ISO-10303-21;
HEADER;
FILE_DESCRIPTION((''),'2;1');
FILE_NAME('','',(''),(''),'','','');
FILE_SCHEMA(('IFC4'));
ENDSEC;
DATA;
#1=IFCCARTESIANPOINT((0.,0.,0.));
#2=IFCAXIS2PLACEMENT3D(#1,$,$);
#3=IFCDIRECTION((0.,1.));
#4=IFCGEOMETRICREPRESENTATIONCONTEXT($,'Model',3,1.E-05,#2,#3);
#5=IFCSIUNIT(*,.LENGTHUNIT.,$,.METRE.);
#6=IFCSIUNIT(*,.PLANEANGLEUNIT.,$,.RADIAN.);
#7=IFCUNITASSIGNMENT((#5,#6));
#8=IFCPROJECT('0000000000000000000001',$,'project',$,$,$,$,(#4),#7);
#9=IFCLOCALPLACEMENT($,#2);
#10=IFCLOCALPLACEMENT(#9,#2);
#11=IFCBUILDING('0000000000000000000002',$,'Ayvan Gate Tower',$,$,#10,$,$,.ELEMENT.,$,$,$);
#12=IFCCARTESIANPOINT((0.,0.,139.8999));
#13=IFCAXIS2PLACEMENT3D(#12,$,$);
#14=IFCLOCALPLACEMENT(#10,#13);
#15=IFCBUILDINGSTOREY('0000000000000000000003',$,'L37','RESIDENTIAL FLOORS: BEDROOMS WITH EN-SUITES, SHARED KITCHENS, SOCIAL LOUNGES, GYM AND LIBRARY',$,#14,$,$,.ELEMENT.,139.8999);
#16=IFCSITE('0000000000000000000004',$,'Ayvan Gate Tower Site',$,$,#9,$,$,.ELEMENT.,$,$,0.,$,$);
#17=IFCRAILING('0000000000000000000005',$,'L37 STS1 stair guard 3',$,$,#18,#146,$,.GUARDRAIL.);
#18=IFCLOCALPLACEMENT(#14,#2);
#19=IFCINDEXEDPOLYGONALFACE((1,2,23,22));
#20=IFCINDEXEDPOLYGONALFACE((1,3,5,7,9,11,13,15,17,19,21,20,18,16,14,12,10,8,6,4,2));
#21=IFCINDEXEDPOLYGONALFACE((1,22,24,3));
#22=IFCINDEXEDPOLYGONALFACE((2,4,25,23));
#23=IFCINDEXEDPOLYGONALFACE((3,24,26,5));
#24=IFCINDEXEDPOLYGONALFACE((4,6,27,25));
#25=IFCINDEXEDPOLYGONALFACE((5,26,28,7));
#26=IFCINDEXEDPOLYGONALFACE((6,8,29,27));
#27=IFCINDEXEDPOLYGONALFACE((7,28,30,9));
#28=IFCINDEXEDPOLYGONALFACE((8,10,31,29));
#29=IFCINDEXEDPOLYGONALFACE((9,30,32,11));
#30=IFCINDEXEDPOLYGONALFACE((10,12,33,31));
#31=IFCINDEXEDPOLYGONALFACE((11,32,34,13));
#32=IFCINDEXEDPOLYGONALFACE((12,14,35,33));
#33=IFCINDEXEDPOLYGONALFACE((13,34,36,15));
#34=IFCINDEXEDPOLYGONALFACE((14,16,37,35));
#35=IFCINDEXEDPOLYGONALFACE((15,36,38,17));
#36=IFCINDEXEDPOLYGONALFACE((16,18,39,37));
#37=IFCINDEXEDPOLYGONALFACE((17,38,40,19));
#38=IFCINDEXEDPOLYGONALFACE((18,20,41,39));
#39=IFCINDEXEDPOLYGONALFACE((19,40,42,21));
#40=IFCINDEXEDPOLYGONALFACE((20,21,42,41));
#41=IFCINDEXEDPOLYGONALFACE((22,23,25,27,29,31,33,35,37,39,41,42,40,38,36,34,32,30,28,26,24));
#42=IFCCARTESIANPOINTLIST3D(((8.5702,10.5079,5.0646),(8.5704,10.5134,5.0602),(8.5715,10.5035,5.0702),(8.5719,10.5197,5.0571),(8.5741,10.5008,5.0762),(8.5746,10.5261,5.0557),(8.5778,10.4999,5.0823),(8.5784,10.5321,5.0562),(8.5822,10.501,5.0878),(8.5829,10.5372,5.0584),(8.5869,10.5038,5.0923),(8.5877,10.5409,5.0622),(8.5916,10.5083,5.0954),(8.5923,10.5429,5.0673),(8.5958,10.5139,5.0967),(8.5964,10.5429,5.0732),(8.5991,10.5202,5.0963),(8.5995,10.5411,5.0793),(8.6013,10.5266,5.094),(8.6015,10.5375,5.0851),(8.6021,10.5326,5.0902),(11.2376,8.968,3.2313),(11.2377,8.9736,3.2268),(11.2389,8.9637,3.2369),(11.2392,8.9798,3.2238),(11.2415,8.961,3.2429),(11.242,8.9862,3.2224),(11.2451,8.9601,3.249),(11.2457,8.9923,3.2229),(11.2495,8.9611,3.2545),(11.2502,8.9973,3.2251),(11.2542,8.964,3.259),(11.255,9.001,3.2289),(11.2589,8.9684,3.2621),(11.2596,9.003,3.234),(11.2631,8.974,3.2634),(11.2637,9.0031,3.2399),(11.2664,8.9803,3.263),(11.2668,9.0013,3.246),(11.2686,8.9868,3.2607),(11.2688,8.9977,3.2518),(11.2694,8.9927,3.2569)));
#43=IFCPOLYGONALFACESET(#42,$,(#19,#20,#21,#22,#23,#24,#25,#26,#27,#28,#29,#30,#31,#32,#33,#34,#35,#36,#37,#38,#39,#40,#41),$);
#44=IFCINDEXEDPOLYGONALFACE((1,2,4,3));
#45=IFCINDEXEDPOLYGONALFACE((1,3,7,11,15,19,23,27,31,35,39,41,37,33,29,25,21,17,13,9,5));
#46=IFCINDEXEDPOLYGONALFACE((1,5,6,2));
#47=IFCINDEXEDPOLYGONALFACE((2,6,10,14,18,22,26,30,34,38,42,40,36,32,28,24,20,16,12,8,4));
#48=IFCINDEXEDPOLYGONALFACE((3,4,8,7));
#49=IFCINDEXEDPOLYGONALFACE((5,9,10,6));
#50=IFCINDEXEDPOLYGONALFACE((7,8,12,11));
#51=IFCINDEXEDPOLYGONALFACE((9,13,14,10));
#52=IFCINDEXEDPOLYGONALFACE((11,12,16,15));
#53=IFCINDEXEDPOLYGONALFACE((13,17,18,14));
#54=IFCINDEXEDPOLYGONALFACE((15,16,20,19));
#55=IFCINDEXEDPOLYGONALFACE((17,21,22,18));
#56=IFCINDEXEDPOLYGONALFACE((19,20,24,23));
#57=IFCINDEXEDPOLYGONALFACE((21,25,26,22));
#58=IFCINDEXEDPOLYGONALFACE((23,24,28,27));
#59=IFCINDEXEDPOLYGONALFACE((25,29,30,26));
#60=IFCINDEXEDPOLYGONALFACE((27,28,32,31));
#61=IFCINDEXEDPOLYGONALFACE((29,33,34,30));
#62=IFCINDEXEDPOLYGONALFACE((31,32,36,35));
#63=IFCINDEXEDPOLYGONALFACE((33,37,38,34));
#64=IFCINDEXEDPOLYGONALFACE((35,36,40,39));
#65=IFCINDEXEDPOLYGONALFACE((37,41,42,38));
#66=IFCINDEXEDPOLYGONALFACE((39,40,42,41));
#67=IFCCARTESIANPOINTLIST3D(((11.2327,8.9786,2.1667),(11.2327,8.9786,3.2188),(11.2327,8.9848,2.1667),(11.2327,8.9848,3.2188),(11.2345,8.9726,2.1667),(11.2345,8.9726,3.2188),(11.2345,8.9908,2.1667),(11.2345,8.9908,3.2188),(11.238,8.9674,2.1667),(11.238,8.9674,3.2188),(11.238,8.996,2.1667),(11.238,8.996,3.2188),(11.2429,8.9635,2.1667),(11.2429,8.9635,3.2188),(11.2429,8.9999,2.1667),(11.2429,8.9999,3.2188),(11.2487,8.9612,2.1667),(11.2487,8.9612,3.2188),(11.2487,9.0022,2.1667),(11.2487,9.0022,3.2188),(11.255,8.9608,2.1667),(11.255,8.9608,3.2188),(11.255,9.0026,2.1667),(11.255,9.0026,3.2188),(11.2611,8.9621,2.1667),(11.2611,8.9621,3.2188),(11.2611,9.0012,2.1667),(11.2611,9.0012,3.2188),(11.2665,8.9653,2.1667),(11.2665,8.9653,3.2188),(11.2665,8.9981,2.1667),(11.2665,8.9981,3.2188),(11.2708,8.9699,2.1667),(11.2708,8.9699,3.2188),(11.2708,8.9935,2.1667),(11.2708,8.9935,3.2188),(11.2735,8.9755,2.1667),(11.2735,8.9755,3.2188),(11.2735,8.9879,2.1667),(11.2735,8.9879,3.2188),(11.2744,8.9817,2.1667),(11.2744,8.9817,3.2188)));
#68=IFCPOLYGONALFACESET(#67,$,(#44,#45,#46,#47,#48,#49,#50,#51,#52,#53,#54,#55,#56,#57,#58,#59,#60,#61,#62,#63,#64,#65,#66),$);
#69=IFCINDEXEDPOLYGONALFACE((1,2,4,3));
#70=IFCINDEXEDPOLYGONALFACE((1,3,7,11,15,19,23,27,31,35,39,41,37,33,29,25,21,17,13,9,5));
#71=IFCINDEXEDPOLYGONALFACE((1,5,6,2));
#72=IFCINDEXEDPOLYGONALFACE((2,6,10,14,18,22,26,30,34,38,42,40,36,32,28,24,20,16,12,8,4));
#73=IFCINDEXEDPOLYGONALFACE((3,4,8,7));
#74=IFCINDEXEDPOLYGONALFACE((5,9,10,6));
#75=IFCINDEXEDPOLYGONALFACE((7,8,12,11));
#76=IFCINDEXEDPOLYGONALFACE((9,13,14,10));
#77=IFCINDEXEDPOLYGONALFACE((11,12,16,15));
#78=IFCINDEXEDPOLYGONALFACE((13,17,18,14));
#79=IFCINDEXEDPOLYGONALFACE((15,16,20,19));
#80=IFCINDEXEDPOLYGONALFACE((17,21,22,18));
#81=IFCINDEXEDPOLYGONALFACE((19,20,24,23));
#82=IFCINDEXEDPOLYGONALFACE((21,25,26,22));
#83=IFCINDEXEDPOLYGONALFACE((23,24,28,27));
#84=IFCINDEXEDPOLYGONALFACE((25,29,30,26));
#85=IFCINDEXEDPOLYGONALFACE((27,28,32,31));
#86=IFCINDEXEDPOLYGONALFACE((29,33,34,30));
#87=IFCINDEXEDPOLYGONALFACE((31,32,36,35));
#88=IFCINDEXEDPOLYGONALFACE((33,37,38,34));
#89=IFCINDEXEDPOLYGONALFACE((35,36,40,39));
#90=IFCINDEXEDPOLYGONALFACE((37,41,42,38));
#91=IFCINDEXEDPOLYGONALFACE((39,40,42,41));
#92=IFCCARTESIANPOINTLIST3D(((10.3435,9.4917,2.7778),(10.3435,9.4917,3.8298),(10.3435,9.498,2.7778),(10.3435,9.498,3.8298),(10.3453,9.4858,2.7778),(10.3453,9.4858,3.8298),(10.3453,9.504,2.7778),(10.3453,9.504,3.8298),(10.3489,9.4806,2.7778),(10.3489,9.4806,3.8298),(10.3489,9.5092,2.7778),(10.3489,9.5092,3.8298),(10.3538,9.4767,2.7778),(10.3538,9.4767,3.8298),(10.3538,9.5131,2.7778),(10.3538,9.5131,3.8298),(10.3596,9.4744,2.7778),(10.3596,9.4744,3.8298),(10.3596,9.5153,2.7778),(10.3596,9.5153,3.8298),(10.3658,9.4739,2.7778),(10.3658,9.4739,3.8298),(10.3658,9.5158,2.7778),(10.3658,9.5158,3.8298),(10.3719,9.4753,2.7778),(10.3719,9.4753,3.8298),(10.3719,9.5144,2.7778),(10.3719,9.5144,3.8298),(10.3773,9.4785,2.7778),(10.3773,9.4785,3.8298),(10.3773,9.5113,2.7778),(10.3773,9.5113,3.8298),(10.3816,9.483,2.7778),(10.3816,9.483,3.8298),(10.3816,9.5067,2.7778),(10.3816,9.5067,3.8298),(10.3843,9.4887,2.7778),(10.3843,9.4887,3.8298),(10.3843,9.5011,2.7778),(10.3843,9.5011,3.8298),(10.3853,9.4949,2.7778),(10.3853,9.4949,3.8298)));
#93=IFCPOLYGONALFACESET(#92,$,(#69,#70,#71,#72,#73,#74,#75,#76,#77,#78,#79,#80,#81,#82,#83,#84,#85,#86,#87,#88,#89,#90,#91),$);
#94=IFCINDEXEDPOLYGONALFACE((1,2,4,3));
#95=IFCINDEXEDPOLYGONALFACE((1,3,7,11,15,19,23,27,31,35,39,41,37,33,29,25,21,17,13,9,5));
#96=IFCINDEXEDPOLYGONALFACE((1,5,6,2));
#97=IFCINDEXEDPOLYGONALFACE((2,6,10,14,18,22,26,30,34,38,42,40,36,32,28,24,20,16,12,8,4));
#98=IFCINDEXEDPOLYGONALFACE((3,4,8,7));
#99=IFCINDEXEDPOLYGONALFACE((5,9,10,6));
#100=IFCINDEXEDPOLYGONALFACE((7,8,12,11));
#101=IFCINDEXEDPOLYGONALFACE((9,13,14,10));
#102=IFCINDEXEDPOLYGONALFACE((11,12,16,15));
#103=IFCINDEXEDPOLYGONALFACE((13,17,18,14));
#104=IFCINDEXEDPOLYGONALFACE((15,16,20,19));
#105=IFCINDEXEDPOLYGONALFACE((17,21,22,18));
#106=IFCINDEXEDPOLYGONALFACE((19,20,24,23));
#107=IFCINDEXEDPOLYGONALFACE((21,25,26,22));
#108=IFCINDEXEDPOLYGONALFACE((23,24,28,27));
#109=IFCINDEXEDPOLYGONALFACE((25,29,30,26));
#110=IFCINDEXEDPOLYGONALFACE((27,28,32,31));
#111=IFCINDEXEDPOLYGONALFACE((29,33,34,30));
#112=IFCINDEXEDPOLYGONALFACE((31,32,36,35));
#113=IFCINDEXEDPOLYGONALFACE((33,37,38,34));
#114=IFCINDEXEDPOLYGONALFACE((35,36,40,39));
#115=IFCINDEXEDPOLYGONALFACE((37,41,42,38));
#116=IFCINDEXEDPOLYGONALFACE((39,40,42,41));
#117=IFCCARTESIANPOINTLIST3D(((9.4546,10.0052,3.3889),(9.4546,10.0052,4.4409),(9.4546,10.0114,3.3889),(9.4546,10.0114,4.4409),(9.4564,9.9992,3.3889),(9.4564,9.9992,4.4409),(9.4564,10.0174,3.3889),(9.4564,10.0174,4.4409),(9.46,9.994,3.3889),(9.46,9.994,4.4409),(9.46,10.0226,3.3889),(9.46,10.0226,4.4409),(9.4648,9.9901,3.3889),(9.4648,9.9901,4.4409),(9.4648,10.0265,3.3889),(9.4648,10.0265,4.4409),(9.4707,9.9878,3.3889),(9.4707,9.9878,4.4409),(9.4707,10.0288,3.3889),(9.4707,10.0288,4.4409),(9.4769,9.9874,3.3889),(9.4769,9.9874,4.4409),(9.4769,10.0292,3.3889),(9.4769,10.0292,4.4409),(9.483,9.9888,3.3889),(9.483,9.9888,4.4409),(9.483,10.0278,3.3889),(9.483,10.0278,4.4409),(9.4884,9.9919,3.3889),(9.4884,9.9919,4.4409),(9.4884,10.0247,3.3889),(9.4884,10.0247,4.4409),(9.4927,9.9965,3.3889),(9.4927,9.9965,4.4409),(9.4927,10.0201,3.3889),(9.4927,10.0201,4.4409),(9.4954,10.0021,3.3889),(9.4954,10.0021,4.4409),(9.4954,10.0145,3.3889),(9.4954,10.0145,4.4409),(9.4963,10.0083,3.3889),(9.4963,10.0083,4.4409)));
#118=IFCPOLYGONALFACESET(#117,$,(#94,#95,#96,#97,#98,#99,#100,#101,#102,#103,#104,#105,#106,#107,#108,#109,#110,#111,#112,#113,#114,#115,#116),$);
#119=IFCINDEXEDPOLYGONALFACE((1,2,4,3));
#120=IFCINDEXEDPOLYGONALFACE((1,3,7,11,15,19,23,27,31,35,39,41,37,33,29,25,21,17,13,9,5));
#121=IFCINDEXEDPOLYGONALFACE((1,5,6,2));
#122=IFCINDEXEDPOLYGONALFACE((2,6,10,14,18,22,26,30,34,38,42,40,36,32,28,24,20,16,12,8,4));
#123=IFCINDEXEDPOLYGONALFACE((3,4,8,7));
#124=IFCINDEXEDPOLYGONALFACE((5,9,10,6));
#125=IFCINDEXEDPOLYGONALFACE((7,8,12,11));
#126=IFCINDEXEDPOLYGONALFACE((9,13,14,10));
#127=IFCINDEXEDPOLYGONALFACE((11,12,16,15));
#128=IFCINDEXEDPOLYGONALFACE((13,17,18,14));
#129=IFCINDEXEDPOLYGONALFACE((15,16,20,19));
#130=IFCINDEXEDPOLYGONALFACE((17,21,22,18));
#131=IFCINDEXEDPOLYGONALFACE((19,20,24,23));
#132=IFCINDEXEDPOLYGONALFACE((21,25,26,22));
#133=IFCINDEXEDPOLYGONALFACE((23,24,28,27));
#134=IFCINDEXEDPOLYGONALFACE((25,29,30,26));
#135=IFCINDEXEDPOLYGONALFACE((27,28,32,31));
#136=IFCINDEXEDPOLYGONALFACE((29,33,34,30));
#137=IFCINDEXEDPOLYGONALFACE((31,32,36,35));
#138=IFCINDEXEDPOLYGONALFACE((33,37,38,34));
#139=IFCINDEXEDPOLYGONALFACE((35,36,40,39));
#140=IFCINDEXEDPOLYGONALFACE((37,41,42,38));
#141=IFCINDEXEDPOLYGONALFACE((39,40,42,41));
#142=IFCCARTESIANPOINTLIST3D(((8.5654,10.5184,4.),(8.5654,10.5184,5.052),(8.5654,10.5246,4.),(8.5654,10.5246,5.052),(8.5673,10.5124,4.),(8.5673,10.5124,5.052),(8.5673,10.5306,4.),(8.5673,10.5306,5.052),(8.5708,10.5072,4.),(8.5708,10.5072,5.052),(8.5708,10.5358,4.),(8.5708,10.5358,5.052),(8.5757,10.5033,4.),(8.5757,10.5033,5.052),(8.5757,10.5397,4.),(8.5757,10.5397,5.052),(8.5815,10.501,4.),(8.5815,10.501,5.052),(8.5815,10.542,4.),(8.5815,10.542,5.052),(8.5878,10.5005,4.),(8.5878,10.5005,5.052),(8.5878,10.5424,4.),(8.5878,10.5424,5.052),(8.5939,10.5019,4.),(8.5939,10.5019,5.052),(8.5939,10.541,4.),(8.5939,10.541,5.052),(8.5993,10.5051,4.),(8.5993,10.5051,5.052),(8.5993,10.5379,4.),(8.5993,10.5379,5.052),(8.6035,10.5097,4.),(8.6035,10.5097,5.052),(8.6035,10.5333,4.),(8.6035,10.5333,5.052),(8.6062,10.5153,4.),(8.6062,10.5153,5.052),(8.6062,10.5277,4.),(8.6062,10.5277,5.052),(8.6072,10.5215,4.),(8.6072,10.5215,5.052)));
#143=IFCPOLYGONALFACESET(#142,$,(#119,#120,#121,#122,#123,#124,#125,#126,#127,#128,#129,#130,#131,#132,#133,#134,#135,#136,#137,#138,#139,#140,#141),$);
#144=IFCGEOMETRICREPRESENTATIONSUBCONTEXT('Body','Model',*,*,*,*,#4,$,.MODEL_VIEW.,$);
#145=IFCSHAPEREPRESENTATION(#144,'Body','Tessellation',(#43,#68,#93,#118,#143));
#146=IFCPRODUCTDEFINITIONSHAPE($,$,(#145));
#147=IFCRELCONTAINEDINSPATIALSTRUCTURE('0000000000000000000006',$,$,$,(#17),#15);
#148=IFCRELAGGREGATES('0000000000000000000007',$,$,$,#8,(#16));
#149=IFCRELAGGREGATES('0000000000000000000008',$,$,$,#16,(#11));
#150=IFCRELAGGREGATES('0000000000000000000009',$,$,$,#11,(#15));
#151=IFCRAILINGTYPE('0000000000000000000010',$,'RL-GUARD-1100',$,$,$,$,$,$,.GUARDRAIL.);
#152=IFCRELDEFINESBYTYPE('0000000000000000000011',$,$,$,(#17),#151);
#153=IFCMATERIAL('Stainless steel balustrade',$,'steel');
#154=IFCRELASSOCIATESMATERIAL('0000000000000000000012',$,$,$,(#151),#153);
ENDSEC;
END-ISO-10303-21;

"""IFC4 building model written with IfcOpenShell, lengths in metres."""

from ifc_helpers import new_model, si_unit, direction, frame, origin, origin_2d, place, context, subcontext, project, spatial, circle, extrude, material, type_object, element, save


model = new_model("IFC4")

# Units and contexts
model_context = context("Model", 3, precision=1e-05, world=origin(), true_north=direction((0.0, 1.0)))
body_context = subcontext(model_context, "Body", "Model", "MODEL_VIEW")
ifc_project = project(units=[si_unit("LENGTHUNIT", "METRE"), si_unit("PLANEANGLEUNIT", "RADIAN")], contexts=[model_context])

# Site, building, storey
site_placement = place(None, origin())
site = spatial("IfcSite", under=ifc_project, at=site_placement, Name="Ayvan Gate Tower Site", CompositionType="ELEMENT", RefElevation=0.0)
building_placement = place(site_placement, origin())
building = spatial("IfcBuilding", under=site, at=building_placement, Name="Ayvan Gate Tower", CompositionType="ELEMENT")
storey_placement = place(building_placement, frame((0.0, 0.0, 139.8999)))
storey = spatial("IfcBuildingStorey", under=building, at=storey_placement, Name="L37", Description="RESIDENTIAL FLOORS: BEDROOMS WITH EN-SUITES, SHARED KITCHENS, SOCIAL LOUNGES, GYM AND LIBRARY", CompositionType="ELEMENT", Elevation=139.8999)

# Railing
ifc_material_1 = material(Name="Stainless steel balustrade", Category="steel")
railing_type_1 = type_object("IfcRailingType", Name="RL-GUARD-1100", PredefinedType="GUARDRAIL", material=ifc_material_1)
railing_1_placement = place(storey_placement, frame((11.2534, 8.9817, 2.1667)))
element("IfcRailing", 1, at=railing_1_placement, inside=storey, type_object=railing_type_1, Name="L37 STS1 stair guard 3", PredefinedType="GUARDRAIL", context=body_context, shape_type="SweptSolid", body=[
    extrude(circle(Radius=0.0239, at=origin_2d()), frame((0.0, 0.0, 1.0762), z_axis=(-0.744181, 0.429616, 0.511493), x_axis=(-0.499967, -0.866044, 0.0)), (0.0, 0.0, 1.0), 3.5842),
    extrude(circle(Radius=0.021, at=origin_2d()), origin(), (0.0, 0.0, 1.0), 1.052),
    extrude(circle(Radius=0.021, at=origin_2d()), frame((-0.8892, 0.5132, 0.6111)), (0.0, 0.0, 1.0), 1.052),
    extrude(circle(Radius=0.021, at=origin_2d()), frame((-1.7781, 1.0266, 1.2222)), (0.0, 0.0, 1.0), 1.052),
    extrude(circle(Radius=0.021, at=origin_2d()), frame((-2.6672, 1.5398, 1.8333)), (0.0, 0.0, 1.0), 1.052),
])

save(model, "model.ifc")
